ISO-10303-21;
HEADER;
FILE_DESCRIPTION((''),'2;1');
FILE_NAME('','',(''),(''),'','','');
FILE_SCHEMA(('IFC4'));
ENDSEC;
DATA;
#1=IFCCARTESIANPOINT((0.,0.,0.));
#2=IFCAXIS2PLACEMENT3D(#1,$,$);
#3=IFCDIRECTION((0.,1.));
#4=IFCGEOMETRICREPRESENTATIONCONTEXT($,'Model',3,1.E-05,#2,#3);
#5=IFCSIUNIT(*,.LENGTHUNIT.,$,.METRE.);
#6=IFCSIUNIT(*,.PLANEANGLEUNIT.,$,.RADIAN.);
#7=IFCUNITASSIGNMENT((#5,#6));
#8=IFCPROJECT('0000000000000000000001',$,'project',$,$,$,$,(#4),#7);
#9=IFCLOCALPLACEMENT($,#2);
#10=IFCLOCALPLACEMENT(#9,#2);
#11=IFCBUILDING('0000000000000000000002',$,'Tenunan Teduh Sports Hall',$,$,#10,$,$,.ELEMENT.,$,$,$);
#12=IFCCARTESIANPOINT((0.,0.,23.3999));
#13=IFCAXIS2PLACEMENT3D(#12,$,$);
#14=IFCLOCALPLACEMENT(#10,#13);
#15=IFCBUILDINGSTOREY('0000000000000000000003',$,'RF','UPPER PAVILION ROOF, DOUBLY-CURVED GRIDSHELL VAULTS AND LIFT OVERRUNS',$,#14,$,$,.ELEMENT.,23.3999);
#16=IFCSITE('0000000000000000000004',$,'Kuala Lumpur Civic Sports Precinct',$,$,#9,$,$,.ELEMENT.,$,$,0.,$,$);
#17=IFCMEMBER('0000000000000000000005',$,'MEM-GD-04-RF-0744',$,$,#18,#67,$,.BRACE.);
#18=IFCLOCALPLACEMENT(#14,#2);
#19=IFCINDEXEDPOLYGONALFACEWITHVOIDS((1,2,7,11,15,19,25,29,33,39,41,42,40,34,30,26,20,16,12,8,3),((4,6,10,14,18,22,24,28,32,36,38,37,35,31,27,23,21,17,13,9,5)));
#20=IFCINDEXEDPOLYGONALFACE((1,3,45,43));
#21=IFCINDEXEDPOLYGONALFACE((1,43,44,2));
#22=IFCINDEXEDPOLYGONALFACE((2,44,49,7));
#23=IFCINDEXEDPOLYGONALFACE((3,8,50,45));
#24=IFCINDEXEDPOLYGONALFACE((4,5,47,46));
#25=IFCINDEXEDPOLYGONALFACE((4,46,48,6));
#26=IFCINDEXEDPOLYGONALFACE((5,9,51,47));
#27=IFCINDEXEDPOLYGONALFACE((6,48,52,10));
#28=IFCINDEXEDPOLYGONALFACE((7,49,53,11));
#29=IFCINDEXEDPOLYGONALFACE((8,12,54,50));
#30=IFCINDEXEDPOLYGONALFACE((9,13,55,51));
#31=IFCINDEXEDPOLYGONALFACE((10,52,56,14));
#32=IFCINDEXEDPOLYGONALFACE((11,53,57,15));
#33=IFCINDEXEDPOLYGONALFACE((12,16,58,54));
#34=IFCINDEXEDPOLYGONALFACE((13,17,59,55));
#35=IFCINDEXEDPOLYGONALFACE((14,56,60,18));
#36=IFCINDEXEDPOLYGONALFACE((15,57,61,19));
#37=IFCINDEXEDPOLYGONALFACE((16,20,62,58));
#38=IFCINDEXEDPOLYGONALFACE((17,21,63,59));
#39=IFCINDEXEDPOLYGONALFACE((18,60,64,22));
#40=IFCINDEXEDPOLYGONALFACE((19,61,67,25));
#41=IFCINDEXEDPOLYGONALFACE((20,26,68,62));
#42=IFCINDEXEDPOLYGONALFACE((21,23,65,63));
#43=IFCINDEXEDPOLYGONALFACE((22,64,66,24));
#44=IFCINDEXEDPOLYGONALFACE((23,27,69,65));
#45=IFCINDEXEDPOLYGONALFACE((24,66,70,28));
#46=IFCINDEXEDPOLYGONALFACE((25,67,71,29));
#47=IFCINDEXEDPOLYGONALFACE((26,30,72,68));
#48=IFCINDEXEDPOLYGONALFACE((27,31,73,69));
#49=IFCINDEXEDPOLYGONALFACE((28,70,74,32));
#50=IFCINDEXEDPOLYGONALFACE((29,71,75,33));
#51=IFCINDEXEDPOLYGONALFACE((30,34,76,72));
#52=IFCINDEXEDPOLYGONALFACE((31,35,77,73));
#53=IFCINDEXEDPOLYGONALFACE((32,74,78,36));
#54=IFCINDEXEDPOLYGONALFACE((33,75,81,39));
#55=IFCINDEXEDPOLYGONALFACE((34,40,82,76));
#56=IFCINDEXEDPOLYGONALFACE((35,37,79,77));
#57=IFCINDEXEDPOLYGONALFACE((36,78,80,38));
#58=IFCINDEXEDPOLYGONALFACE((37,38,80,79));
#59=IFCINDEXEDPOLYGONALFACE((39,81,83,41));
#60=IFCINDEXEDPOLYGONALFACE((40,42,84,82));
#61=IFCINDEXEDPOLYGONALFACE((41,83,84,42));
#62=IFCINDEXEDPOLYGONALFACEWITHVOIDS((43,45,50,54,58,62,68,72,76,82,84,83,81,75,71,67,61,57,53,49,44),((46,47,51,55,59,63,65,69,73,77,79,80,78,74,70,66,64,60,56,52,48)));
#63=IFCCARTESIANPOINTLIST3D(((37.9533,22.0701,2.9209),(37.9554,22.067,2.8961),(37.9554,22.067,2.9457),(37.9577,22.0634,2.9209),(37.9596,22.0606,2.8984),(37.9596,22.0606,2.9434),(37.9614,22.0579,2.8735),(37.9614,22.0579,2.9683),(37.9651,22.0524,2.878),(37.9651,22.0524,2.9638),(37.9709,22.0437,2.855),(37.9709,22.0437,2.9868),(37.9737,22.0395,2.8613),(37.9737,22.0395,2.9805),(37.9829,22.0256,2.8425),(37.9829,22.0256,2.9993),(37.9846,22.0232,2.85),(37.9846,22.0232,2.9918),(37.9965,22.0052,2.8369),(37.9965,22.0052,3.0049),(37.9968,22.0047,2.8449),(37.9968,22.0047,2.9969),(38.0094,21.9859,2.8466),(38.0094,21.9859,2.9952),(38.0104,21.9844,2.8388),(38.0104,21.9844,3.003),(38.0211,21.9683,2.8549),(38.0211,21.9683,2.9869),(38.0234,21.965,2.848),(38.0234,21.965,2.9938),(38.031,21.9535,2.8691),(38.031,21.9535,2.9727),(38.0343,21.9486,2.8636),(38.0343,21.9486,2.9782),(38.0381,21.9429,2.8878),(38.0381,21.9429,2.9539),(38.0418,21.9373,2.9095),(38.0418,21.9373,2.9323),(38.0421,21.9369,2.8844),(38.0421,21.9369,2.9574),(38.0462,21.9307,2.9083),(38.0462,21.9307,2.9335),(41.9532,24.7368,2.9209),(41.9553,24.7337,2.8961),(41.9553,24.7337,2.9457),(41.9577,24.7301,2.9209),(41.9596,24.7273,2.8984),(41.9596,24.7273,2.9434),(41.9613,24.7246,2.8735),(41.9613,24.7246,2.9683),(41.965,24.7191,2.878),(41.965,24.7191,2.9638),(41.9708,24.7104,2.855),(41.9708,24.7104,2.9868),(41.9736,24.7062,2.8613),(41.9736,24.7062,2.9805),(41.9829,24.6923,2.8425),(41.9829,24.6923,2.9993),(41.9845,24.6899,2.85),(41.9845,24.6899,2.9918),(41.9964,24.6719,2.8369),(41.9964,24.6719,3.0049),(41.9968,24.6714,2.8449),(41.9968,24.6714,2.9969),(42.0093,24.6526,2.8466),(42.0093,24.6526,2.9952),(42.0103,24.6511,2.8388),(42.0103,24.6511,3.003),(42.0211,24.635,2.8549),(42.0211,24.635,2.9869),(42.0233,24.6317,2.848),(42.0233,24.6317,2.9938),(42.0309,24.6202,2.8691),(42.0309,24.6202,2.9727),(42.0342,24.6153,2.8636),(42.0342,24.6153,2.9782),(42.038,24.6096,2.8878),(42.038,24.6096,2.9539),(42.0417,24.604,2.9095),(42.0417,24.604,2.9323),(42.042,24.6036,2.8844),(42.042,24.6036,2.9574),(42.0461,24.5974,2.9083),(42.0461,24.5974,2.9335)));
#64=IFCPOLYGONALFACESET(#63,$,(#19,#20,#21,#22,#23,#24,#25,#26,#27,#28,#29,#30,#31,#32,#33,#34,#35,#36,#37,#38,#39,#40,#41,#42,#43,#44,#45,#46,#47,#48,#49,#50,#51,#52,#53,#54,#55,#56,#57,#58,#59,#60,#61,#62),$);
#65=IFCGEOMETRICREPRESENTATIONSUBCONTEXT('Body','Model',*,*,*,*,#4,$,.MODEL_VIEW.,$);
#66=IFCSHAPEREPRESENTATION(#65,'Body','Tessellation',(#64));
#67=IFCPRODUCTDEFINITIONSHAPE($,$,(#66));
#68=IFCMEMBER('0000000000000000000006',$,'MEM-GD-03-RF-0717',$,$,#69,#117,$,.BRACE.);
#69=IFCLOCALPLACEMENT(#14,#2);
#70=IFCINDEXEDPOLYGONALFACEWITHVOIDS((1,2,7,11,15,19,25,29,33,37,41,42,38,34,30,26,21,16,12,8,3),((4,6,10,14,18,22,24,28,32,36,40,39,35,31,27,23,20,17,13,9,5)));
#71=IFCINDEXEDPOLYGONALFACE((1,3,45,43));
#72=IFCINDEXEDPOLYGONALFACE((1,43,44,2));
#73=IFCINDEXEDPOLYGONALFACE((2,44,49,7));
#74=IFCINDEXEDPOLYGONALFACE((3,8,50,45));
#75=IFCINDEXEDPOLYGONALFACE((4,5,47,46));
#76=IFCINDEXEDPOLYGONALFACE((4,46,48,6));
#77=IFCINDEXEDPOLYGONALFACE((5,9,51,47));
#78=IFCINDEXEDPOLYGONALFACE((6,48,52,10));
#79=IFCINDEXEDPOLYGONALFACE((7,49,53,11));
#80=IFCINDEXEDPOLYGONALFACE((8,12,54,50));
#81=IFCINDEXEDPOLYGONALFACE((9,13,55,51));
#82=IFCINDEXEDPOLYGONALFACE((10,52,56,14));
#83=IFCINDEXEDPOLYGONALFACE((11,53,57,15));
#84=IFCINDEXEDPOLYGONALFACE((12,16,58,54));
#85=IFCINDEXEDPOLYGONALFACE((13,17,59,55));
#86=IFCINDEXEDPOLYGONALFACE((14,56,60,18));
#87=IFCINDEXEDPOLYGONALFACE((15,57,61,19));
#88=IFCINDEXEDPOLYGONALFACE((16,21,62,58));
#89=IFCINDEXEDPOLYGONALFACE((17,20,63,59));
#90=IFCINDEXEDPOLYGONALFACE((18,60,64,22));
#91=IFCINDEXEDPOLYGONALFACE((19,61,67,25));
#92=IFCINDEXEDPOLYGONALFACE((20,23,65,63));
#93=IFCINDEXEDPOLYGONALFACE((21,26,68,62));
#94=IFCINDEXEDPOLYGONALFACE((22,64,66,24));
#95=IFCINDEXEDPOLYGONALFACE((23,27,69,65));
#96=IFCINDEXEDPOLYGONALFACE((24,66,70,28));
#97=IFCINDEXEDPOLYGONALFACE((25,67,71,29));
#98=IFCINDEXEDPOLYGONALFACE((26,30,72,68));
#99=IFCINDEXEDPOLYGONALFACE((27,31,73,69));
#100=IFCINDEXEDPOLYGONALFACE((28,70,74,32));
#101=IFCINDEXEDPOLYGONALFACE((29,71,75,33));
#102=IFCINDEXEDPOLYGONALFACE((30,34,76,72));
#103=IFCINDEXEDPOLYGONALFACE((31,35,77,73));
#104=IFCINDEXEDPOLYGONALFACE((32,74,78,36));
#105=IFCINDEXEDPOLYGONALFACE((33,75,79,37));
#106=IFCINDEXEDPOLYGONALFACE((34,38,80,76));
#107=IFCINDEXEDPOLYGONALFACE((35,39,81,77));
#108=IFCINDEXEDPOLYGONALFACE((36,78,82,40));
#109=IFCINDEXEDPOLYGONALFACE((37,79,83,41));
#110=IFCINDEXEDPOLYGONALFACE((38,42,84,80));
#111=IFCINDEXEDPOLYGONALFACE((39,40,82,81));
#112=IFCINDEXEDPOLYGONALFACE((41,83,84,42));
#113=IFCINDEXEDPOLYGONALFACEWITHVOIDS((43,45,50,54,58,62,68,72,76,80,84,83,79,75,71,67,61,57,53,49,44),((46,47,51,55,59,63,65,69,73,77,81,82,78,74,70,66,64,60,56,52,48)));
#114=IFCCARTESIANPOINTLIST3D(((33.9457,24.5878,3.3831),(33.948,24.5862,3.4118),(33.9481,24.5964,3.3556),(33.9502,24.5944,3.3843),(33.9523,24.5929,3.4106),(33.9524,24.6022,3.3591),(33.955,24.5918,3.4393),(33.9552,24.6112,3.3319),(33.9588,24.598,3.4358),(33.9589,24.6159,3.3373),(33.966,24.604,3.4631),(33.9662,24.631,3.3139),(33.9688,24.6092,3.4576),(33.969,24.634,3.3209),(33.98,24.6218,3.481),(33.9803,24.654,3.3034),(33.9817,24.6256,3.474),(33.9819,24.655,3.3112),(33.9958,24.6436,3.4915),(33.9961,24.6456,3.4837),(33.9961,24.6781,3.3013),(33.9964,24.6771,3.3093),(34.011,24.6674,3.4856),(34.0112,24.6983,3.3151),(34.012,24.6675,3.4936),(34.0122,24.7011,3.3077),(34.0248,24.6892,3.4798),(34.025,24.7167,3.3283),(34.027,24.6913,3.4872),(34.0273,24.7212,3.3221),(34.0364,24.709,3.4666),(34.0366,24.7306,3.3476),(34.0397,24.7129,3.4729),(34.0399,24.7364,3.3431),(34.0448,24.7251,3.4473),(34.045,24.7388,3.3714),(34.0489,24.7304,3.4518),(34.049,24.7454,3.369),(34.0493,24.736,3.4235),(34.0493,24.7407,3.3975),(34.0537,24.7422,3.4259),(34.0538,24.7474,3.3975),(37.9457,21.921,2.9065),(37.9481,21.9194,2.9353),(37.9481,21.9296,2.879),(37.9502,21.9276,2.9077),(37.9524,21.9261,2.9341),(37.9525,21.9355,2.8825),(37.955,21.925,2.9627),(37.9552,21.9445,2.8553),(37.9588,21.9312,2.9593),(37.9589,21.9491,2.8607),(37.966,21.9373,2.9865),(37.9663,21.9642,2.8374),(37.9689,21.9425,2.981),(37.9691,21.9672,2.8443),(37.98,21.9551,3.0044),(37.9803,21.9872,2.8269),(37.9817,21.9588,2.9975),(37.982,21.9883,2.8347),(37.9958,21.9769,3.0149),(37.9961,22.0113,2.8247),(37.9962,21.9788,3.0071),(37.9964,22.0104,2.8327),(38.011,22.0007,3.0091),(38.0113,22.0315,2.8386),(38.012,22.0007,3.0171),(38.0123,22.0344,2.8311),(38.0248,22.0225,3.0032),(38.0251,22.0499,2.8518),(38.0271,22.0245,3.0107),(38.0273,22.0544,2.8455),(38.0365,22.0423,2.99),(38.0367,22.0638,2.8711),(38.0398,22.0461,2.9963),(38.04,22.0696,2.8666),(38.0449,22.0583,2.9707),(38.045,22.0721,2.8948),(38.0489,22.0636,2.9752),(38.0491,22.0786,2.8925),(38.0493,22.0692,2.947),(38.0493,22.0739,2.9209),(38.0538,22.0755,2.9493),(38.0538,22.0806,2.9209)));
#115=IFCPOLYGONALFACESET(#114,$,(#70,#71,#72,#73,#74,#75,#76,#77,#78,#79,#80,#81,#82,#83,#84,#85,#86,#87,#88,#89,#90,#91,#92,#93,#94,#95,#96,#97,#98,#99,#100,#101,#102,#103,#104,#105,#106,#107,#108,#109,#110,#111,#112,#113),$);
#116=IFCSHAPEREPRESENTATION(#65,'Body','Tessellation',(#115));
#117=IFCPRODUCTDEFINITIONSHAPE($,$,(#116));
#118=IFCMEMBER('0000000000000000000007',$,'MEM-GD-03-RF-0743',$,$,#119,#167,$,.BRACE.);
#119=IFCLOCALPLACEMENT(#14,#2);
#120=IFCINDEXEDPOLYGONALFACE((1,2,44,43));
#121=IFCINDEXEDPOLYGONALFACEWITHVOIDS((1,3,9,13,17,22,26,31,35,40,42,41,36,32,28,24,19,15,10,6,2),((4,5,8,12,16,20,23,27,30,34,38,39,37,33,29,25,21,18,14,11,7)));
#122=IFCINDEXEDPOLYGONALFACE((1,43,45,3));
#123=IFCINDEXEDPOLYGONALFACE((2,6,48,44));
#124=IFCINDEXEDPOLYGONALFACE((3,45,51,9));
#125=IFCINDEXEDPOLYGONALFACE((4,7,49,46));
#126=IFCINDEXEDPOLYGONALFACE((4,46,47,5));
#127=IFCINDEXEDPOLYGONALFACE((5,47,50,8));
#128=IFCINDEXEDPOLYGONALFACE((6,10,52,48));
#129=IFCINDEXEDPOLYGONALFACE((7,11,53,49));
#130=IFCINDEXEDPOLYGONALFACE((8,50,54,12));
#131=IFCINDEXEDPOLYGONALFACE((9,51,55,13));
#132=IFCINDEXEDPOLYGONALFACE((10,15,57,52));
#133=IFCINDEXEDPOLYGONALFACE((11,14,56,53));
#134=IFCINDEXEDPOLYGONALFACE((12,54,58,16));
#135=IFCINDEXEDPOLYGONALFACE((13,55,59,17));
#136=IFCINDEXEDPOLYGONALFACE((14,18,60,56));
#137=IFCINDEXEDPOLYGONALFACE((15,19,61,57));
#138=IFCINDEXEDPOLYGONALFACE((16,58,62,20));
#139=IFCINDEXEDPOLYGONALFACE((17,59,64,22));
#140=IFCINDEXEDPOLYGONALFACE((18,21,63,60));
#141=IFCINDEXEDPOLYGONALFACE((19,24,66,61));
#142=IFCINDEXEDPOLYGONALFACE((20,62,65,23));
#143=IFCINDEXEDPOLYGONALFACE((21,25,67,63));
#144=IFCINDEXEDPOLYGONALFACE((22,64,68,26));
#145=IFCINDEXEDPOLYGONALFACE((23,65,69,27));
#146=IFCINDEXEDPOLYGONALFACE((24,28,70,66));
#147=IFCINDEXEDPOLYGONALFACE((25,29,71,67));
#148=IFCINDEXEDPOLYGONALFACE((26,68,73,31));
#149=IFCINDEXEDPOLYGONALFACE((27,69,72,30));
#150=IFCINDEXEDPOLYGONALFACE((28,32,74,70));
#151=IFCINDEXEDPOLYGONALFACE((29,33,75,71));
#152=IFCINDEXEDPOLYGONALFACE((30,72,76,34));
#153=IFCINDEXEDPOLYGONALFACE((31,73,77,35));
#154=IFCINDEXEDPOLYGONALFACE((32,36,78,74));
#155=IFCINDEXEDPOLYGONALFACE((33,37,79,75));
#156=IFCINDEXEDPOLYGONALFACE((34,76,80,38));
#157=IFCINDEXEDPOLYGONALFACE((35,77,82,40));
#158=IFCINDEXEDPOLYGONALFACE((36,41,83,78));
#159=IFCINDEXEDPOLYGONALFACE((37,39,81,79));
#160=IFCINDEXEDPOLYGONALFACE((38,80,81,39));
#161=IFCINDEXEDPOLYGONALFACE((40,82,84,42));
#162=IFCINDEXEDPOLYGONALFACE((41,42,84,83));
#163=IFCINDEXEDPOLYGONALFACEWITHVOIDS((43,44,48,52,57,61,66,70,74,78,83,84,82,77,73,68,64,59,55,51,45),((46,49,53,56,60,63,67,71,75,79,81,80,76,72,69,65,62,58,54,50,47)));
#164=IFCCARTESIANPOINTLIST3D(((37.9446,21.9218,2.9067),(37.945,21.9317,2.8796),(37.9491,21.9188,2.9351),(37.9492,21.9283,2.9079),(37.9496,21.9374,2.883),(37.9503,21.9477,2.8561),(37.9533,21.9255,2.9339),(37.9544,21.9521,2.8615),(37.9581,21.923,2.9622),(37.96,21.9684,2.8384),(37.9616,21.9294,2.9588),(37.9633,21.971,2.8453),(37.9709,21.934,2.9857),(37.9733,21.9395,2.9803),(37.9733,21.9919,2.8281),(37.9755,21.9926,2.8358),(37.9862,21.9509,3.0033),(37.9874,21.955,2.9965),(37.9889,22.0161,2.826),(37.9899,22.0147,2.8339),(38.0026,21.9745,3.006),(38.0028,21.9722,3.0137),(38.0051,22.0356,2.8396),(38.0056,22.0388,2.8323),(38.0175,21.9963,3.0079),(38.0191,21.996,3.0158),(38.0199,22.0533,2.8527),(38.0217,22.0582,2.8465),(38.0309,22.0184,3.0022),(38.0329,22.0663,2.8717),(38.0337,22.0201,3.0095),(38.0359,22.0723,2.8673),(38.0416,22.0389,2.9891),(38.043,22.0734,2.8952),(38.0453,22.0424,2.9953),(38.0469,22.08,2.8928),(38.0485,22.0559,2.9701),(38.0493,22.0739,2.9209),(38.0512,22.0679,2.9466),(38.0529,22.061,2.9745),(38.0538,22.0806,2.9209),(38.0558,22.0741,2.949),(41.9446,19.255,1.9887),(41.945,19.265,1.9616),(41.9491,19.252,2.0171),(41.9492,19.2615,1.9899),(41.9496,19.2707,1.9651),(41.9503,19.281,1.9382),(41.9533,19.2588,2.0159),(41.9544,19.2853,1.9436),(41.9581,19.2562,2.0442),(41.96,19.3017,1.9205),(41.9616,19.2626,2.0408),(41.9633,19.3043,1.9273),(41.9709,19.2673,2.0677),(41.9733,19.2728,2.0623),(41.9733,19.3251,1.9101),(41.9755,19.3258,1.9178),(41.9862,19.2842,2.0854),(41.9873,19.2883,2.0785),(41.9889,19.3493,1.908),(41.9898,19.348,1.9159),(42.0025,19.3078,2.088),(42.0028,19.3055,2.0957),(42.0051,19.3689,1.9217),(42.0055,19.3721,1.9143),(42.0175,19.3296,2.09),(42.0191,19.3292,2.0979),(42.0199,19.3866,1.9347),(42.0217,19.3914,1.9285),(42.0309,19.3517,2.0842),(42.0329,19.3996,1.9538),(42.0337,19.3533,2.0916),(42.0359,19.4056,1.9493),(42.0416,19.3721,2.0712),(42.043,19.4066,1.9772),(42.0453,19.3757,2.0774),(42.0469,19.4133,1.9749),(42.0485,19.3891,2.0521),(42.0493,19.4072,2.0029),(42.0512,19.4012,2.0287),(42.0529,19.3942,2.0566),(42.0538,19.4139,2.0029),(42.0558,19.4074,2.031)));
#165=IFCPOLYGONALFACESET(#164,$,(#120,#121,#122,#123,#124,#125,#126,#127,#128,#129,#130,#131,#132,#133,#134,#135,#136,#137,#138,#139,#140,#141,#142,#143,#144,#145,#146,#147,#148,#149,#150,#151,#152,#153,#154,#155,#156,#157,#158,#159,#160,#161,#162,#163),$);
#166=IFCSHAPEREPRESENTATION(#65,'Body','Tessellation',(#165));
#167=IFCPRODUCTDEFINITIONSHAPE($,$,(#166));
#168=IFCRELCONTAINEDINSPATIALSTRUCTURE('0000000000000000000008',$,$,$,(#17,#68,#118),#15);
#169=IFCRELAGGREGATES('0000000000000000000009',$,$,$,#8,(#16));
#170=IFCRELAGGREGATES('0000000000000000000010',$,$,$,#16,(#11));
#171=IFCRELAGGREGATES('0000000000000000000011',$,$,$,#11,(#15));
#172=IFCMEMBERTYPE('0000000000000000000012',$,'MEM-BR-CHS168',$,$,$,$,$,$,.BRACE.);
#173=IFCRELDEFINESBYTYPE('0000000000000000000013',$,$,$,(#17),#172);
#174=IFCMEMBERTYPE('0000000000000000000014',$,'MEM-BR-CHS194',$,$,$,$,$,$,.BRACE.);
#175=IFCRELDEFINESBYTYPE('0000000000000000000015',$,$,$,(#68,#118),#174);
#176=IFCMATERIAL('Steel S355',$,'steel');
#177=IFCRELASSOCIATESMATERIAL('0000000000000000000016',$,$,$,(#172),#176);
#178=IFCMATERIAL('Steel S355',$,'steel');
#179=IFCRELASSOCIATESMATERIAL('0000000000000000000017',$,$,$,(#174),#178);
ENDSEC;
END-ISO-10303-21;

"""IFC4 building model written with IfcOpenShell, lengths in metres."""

from ifc_helpers import new_model, si_unit, direction, frame, origin, origin_2d, place, context, subcontext, project, spatial, hollow_circle, extrude, material, material_profile, profile_set, type_object, element, save


model = new_model("IFC4")

# Units and contexts
model_context = context("Model", 3, precision=1e-05, world=origin(), true_north=direction((0.0, 1.0)))
body_context = subcontext(model_context, "Body", "Model", "MODEL_VIEW")
ifc_project = project(units=[si_unit("LENGTHUNIT", "METRE"), si_unit("PLANEANGLEUNIT", "RADIAN")], contexts=[model_context])

# Site, building, storey
site_placement = place(None, origin())
site = spatial("IfcSite", under=ifc_project, at=site_placement, Name="Kuala Lumpur Civic Sports Precinct", CompositionType="ELEMENT", RefElevation=0.0)
building_placement = place(site_placement, origin())
building = spatial("IfcBuilding", under=site, at=building_placement, Name="Tenunan Teduh Sports Hall", CompositionType="ELEMENT")
storey_placement = place(building_placement, frame((0.0, 0.0, 23.3999)))
storey = spatial("IfcBuildingStorey", under=building, at=storey_placement, Name="RF", Description="UPPER PAVILION ROOF, DOUBLY-CURVED GRIDSHELL VAULTS AND LIFT OVERRUNS", CompositionType="ELEMENT", Elevation=23.3999)

# Members
ifc_material_1 = material(Name="Steel S355", Category="steel")
ifc_material_profile_1 = material_profile(ifc_material_1, hollow_circle(Radius=0.0842, WallThickness=0.0081, at=origin_2d()), Name="CHS 168.3x8.0")
ifc_profile_set_1 = profile_set([ifc_material_profile_1], Name="Steel S355")
member_type_1 = type_object("IfcMemberType", Name="MEM-BR-CHS168", PredefinedType="BRACE", material=ifc_profile_set_1)
member_1_placement = place(storey_placement, frame((38.0, 22.0, 2.9209), z_axis=(0.832042, 0.554712, 0.0), x_axis=(-0.554712, 0.832042, 0.0)))
element("IfcMember", 1, at=member_1_placement, inside=storey, type_object=member_type_1, Name="MEM-GD-04-RF-0744", PredefinedType="BRACE", context=body_context, shape_type="SweptSolid", body=[
    extrude(hollow_circle(Radius=0.0842, WallThickness=0.0081, at=origin_2d()), origin(), (0.0, 0.0, 1.0), 4.8074),
])
ifc_material_2 = material(Name="Steel S355", Category="steel")
ifc_material_profile_2 = material_profile(ifc_material_2, hollow_circle(Radius=0.0969, WallThickness=0.0081, at=origin_2d()), Name="CHS 193.7x8.0")
ifc_profile_set_2 = profile_set([ifc_material_profile_2], Name="Steel S355")
member_type_2 = type_object("IfcMemberType", Name="MEM-BR-CHS194", PredefinedType="BRACE", material=ifc_profile_set_2)
member_2_placement = place(storey_placement, frame((34.0, 24.6667, 3.3975), z_axis=(0.827984, -0.552006, -0.098647), x_axis=(0.554712, 0.832042, 0.0)))
element("IfcMember", 2, at=member_2_placement, inside=storey, type_object=member_type_2, Name="MEM-GD-03-RF-0717", PredefinedType="BRACE", context=body_context, shape_type="SweptSolid", body=[
    extrude(hollow_circle(Radius=0.0969, WallThickness=0.0081, at=origin_2d()), origin(), (0.0, 0.0, 1.0), 4.8311),
])
member_3_placement = place(storey_placement, frame((38.0, 22.0, 2.9209), z_axis=(0.817277, -0.544868, -0.187559), x_axis=(0.554712, 0.832042, 0.0)))
element("IfcMember", 3, at=member_3_placement, inside=storey, type_object=member_type_2, Name="MEM-GD-03-RF-0743", PredefinedType="BRACE", context=body_context, shape_type="SweptSolid", body=[
    extrude(hollow_circle(Radius=0.0969, WallThickness=0.0081, at=origin_2d()), origin(), (0.0, 0.0, 1.0), 4.8943),
])

save(model, "model.ifc")
